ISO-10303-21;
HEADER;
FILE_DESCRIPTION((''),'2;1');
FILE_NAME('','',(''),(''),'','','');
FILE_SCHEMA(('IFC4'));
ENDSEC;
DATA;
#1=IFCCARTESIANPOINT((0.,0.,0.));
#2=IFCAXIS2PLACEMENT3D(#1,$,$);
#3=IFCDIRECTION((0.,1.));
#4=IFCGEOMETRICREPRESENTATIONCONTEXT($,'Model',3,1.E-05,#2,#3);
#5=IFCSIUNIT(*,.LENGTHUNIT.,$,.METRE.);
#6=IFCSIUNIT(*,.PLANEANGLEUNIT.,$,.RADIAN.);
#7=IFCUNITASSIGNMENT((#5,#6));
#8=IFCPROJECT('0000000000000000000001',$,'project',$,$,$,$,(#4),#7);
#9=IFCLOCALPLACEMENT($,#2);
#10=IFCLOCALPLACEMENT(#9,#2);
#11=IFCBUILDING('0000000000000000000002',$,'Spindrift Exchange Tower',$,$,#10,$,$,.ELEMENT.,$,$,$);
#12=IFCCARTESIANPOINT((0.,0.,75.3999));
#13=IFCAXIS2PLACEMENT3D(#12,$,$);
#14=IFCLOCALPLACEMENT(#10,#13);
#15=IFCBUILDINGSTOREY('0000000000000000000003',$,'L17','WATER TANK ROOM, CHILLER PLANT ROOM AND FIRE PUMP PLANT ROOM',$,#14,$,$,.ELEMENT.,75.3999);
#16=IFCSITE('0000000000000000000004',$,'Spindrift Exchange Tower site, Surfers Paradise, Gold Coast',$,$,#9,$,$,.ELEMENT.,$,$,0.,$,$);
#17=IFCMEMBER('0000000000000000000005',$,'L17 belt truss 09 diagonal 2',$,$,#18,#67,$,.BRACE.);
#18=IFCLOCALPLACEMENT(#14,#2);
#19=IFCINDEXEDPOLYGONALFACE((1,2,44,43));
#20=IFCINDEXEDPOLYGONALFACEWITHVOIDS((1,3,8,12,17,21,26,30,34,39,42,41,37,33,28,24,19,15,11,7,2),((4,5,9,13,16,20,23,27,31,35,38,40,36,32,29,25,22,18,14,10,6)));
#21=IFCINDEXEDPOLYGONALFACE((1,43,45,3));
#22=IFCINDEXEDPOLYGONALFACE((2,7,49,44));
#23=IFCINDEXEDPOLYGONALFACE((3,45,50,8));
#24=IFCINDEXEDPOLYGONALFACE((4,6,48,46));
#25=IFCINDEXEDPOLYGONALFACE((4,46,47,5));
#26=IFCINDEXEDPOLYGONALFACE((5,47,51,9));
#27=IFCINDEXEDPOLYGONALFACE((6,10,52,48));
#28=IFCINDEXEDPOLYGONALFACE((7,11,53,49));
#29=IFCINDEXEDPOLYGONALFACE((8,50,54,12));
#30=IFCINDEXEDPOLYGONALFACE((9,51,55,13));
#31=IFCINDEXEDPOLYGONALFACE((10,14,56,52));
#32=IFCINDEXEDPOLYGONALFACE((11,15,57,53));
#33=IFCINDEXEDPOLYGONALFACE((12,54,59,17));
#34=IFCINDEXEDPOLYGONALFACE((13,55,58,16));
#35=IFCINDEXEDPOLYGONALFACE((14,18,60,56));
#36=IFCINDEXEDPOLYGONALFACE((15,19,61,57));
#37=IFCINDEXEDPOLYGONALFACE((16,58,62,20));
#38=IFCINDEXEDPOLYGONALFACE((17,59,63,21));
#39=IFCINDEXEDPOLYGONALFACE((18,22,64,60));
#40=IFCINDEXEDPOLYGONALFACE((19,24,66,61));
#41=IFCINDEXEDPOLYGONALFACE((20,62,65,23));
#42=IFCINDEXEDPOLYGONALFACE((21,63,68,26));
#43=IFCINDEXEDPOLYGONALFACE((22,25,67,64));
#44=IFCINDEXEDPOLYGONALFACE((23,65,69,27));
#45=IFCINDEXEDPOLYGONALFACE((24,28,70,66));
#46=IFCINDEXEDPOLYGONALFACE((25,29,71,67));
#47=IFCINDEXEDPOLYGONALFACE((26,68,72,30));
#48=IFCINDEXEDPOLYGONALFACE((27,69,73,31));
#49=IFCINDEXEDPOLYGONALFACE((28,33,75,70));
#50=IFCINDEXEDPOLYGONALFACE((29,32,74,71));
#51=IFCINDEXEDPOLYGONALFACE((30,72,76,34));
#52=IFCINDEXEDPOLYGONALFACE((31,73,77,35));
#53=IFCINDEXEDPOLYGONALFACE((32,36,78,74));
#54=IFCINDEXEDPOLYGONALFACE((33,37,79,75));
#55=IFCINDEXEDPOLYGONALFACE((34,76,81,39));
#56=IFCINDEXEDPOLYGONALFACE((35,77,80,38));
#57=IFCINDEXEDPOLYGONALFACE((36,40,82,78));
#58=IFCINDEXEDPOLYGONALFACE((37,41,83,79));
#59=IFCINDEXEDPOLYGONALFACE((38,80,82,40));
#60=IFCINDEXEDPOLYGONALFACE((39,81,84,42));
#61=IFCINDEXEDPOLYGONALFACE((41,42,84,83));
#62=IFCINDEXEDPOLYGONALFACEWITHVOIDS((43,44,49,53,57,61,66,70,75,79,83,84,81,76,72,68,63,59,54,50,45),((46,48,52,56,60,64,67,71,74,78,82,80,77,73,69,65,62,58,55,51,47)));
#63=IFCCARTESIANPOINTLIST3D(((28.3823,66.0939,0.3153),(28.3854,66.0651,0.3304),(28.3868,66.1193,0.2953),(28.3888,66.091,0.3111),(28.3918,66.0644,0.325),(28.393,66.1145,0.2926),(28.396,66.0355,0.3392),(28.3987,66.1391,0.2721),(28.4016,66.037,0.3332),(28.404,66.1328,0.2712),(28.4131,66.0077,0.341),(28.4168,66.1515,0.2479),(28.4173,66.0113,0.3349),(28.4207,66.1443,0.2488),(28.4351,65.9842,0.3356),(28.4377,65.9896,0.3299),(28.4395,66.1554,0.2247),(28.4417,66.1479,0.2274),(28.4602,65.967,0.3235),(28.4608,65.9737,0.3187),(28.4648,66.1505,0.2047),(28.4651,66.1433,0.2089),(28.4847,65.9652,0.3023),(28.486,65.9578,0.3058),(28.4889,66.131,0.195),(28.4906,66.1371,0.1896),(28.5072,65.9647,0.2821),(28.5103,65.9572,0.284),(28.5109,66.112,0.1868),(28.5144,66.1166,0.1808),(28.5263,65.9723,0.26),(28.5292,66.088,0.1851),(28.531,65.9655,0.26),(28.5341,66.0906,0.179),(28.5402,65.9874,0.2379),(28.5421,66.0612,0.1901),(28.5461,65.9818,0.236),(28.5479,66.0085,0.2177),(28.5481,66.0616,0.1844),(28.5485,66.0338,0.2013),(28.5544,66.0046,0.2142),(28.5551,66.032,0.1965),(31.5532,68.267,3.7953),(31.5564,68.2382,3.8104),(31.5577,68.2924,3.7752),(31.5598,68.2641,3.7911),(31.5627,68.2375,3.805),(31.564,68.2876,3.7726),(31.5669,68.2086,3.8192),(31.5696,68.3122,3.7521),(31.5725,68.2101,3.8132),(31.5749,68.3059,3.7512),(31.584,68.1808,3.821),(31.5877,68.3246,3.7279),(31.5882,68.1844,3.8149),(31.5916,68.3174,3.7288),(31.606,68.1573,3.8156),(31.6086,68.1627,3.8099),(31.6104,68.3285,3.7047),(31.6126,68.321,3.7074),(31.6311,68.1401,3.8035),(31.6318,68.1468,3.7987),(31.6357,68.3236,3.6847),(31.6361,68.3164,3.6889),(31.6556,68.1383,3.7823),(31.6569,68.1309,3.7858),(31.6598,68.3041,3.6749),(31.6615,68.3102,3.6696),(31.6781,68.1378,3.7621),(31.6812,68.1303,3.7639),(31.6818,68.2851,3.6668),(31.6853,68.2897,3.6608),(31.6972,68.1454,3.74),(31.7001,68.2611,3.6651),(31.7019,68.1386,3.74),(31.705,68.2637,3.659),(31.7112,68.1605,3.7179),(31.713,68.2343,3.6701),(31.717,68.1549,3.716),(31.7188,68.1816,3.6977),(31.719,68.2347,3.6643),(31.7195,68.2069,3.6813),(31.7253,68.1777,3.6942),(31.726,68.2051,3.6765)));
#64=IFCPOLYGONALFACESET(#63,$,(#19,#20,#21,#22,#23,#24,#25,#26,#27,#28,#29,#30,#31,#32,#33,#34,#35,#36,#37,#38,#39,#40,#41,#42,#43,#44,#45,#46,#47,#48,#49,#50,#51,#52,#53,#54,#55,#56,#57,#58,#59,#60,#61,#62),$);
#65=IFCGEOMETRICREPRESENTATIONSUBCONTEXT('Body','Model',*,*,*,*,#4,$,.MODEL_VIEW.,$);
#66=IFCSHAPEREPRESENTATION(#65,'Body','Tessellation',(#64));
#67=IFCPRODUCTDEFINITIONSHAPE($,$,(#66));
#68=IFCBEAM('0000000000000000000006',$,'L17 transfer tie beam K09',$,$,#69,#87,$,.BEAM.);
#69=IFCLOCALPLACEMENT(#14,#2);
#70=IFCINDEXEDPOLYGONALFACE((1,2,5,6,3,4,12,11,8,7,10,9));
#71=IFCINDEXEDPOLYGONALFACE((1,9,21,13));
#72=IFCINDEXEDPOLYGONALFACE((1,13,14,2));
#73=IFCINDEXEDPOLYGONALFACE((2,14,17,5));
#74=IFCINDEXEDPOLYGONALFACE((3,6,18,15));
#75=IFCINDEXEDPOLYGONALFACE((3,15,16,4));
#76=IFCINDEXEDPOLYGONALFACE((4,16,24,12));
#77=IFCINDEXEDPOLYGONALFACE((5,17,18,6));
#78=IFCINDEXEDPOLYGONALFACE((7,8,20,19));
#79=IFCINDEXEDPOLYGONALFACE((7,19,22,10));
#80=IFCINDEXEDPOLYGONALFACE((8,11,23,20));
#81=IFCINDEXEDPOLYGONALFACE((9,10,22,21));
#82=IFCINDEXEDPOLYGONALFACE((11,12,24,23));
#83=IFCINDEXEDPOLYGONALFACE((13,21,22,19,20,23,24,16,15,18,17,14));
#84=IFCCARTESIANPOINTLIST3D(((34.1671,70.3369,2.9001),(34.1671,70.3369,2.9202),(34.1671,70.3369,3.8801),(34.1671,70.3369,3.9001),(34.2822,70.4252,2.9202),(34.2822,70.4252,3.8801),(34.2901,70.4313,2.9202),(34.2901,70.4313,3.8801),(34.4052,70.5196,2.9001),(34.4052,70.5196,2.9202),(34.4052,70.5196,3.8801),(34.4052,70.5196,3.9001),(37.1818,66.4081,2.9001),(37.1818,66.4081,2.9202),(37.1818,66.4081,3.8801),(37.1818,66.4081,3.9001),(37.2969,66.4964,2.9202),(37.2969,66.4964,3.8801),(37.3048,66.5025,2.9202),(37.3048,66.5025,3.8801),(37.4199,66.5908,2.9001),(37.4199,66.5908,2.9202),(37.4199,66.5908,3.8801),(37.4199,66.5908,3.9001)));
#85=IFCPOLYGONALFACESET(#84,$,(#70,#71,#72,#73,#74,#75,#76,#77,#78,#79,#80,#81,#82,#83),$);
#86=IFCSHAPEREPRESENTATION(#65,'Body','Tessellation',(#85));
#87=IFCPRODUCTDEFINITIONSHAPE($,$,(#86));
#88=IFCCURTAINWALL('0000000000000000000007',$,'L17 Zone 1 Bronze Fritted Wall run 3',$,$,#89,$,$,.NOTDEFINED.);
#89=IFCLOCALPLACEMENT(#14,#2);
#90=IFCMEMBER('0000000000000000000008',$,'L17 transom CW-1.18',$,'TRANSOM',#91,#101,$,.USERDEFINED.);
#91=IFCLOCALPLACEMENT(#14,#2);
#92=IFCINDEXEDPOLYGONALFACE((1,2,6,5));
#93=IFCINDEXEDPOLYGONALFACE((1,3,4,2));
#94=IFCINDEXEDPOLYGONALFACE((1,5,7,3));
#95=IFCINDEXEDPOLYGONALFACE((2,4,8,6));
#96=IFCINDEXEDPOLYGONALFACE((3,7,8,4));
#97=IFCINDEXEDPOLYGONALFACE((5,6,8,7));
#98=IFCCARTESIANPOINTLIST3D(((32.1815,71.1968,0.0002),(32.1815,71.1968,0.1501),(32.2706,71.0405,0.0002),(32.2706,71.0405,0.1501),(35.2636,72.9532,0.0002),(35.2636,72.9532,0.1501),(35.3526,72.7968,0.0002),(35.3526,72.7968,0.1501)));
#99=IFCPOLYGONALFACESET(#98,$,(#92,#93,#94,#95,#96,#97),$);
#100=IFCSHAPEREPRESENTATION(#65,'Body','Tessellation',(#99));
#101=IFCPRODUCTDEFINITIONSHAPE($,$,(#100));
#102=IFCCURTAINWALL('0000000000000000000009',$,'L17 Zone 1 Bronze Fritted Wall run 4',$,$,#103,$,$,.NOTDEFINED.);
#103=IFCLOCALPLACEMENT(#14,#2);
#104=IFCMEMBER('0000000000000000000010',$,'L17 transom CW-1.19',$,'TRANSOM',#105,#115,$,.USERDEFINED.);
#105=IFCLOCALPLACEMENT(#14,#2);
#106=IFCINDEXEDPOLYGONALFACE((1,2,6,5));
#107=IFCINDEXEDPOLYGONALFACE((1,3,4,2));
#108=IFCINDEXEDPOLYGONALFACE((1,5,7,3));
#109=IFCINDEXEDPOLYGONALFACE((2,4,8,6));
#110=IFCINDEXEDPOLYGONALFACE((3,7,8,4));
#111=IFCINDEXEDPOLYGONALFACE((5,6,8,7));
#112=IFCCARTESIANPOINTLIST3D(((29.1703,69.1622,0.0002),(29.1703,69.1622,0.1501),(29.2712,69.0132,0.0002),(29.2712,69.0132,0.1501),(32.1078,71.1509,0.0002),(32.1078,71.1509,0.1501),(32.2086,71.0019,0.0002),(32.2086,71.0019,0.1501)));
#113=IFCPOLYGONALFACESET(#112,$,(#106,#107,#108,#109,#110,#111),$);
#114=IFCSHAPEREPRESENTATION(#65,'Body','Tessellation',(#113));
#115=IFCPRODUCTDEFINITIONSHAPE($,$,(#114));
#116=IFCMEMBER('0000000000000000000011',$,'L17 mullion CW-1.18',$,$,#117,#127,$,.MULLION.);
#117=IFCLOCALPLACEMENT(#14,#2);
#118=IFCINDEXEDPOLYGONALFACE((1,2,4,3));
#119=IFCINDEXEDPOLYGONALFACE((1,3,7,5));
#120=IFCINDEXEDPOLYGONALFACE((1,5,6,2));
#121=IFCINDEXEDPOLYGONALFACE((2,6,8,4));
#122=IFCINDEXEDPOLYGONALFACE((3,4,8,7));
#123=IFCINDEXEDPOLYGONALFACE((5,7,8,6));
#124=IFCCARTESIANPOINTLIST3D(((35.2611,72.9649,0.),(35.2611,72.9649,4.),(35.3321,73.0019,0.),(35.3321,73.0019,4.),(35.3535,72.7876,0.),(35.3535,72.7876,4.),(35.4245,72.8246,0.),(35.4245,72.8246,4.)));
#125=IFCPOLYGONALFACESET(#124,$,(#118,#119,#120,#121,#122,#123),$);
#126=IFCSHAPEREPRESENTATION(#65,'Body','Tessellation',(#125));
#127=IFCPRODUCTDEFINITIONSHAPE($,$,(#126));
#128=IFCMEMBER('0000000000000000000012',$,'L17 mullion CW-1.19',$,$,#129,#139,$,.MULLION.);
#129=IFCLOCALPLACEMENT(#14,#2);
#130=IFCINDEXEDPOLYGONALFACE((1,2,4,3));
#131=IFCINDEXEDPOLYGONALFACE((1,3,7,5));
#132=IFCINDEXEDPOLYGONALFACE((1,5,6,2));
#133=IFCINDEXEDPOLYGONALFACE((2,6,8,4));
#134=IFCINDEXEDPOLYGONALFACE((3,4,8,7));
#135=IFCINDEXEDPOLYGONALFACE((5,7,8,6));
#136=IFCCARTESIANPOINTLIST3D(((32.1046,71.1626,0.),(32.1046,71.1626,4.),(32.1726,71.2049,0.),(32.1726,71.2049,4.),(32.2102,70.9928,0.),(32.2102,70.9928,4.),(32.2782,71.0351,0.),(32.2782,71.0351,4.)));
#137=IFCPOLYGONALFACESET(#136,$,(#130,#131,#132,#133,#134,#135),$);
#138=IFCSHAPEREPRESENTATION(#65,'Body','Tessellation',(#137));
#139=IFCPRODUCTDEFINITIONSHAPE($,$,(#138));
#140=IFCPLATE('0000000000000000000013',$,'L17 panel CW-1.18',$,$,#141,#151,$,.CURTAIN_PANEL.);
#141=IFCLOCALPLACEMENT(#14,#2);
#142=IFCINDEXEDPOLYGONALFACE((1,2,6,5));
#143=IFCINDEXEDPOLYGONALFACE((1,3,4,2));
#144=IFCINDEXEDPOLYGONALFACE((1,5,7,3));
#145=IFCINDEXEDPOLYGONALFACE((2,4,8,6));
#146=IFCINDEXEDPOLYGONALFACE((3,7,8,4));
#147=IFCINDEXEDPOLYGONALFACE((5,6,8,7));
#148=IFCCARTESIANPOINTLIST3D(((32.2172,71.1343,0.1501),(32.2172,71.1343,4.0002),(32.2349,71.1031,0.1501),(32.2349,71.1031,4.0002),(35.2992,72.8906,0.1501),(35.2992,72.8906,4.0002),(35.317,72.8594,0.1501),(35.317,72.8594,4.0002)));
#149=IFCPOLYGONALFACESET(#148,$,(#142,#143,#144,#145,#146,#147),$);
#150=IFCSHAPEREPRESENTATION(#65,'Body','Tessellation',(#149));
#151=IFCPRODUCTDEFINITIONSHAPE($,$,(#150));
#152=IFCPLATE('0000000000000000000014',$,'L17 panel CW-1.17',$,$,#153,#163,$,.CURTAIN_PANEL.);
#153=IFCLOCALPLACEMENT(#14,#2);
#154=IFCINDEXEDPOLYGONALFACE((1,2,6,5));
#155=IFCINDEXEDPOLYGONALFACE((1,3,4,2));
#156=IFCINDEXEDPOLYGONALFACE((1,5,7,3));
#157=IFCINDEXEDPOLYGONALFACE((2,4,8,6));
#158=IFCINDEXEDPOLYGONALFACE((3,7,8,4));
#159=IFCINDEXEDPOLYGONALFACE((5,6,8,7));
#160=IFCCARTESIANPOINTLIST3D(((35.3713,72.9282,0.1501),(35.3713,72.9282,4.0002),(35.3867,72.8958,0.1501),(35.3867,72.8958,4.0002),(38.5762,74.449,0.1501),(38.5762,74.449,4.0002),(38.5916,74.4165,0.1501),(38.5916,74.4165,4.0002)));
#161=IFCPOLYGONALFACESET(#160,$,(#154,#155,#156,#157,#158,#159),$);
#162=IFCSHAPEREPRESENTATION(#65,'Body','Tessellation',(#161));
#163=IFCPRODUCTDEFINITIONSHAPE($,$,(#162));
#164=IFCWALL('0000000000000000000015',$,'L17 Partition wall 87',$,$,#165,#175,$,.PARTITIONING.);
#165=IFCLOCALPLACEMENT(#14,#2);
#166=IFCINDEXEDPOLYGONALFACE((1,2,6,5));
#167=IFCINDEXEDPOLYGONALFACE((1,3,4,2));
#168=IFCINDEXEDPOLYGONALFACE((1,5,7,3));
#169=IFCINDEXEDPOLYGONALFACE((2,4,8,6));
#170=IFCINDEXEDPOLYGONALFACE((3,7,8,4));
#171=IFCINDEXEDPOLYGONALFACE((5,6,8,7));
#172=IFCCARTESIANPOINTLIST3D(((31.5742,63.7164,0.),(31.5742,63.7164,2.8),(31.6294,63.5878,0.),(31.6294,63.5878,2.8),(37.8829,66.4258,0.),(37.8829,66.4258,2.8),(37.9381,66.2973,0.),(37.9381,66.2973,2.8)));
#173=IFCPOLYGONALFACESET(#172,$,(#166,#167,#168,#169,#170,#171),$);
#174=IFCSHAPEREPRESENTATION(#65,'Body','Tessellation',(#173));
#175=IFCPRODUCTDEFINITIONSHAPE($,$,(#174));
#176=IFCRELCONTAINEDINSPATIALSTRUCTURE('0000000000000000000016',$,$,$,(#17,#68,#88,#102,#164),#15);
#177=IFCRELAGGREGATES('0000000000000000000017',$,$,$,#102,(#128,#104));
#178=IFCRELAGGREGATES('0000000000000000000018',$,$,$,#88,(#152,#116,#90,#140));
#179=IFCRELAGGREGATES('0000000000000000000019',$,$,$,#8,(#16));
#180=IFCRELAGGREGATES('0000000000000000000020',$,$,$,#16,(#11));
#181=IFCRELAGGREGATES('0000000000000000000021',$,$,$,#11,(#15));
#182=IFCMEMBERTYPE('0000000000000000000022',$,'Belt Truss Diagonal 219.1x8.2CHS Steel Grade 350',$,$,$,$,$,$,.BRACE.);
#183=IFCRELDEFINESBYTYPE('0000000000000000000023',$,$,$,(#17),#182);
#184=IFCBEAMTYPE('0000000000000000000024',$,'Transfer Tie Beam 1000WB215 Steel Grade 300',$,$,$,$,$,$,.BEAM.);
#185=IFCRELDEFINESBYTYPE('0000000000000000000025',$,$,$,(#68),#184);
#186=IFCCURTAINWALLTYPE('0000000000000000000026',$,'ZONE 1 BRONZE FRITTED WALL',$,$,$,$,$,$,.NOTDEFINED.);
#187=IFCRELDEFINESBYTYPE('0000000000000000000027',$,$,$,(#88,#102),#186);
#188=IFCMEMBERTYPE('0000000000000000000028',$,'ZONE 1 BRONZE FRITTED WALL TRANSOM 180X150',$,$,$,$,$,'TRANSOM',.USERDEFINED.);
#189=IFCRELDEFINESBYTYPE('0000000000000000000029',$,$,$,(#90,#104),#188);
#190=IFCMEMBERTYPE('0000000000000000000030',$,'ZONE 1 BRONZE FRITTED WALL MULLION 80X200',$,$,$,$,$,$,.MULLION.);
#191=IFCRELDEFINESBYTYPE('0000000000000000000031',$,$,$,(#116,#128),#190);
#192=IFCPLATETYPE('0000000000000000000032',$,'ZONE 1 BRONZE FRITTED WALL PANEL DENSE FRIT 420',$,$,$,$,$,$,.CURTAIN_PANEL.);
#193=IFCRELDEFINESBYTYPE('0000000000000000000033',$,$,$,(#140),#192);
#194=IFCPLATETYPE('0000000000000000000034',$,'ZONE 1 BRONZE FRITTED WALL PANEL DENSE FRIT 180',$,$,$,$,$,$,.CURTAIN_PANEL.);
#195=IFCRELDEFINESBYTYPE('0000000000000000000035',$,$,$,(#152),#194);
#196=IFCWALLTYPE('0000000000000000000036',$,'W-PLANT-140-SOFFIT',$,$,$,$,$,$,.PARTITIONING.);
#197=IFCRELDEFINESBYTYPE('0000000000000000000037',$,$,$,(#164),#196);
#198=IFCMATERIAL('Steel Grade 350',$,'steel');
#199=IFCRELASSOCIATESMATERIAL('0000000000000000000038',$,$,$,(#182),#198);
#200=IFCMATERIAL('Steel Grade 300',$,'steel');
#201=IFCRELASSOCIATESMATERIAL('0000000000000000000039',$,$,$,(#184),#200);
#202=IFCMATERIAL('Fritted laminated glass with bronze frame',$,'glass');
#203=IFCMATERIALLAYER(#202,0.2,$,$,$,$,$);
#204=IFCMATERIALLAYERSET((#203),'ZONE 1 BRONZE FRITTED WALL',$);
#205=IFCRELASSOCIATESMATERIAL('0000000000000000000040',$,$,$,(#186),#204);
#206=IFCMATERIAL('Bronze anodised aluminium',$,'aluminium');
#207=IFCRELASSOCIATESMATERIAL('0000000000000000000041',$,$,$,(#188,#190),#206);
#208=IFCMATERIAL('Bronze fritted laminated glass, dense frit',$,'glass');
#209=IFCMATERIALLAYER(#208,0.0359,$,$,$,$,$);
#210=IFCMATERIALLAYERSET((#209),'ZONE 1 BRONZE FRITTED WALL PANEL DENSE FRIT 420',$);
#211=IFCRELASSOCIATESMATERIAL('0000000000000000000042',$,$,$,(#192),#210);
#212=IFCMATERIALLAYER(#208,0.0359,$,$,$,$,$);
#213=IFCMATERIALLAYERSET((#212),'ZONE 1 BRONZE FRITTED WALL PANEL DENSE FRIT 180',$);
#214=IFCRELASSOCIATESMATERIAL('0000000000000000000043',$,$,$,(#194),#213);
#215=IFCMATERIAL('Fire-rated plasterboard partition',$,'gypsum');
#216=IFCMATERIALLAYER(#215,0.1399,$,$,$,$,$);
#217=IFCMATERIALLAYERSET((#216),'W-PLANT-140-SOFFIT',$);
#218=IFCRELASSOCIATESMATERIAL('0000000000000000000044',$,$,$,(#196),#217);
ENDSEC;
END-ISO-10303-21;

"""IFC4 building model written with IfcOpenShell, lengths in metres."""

from ifc_helpers import new_model, si_unit, direction, frame, frame_2d, origin, origin_2d, place, context, subcontext, project, spatial, rectangle, hollow_circle, i_section, extrude, source, transform, mapped, material, layer, layer_set, material_profile, profile_set, type_object, element, aggregate, save


model = new_model("IFC4")

# Units and contexts
model_context = context("Model", 3, precision=1e-05, world=origin(), true_north=direction((0.0, 1.0)))
body_context = subcontext(model_context, "Body", "Model", "MODEL_VIEW")
ifc_project = project(units=[si_unit("LENGTHUNIT", "METRE"), si_unit("PLANEANGLEUNIT", "RADIAN")], contexts=[model_context])

# Site, building, storey
site_placement = place(None, origin())
site = spatial("IfcSite", under=ifc_project, at=site_placement, Name="Spindrift Exchange Tower site, Surfers Paradise, Gold Coast", CompositionType="ELEMENT", RefElevation=0.0)
building_placement = place(site_placement, origin())
building = spatial("IfcBuilding", under=site, at=building_placement, Name="Spindrift Exchange Tower", CompositionType="ELEMENT")
storey_placement = place(building_placement, frame((0.0, 0.0, 75.3999)))
storey = spatial("IfcBuildingStorey", under=building, at=storey_placement, Name="L17", Description="WATER TANK ROOM, CHILLER PLANT ROOM AND FIRE PUMP PLANT ROOM", CompositionType="ELEMENT", Elevation=75.3999)

# Shared definitions
ifc_material_1 = material(Name="Steel Grade 300", Category="steel")

# Member
ifc_material_2 = material(Name="Steel Grade 350", Category="steel")
ifc_material_profile_1 = material_profile(ifc_material_2, hollow_circle(Radius=0.1096, WallThickness=0.0083, at=origin_2d()), Name="219.1x8.2CHS")
ifc_profile_set_1 = profile_set([ifc_material_profile_1], Name="Steel Grade 350")
member_type_1 = type_object("IfcMemberType", Name="Belt Truss Diagonal 219.1x8.2CHS Steel Grade 350", PredefinedType="BRACE", material=ifc_profile_set_1)
shared_shape_1 = source(origin(), body_context, "Body", "SweptSolid", [
    extrude(hollow_circle(Radius=0.1096, WallThickness=0.0083, at=origin_2d()), origin(), (0.0, 0.0, 1.0), 5.1853),
])
member_1_placement = place(storey_placement, frame((31.6399, 68.229, 3.74), z_axis=(-0.611518, -0.419089, -0.671126), x_axis=(0.56531, -0.824879, 0.0)))
element("IfcMember", 1, at=member_1_placement, inside=storey, type_object=member_type_1, Name="L17 belt truss 09 diagonal 2", PredefinedType="BRACE", context=body_context, shape_type="MappedRepresentation", body=[
    mapped(shared_shape_1, transform((0.0, 0.0, 0.0), scale=1.0)),
])

# Beam
ifc_material_profile_2 = material_profile(ifc_material_1, i_section(OverallWidth=0.3, OverallDepth=1.0, WebThickness=0.01, FlangeThickness=0.02, at=origin_2d()), Name="1000WB215")
ifc_profile_set_2 = profile_set([ifc_material_profile_2], Name="Steel Grade 300")
beam_type_1 = type_object("IfcBeamType", Name="Transfer Tie Beam 1000WB215 Steel Grade 300", PredefinedType="BEAM", material=ifc_profile_set_2)
shared_shape_2 = source(origin(), body_context, "Body", "SweptSolid", [
    extrude(i_section(OverallWidth=0.3, OverallDepth=1.0, WebThickness=0.01, FlangeThickness=0.02, at=origin_2d()), origin(), (0.0, 0.0, 1.0), 4.9521),
])
beam_1_placement = place(storey_placement, frame((34.2861, 70.4282, 3.4001), z_axis=(0.608767, -0.793349, 0.0), x_axis=(0.793349, 0.608767, 0.0)))
element("IfcBeam", 2, at=beam_1_placement, inside=storey, type_object=beam_type_1, Name="L17 transfer tie beam K09", PredefinedType="BEAM", context=body_context, shape_type="MappedRepresentation", body=[
    mapped(shared_shape_2, transform((0.0, 0.0, 0.0), scale=1.0)),
])

# Curtain walls, members
ifc_material_3 = material(Name="Fritted laminated glass with bronze frame", Category="glass")
ifc_layer_1 = layer(ifc_material_3, 0.2)
ifc_layer_set_1 = layer_set([ifc_layer_1], Name="ZONE 1 BRONZE FRITTED WALL")
curtain_wall_type = type_object("IfcCurtainWallType", Name="ZONE 1 BRONZE FRITTED WALL", PredefinedType="NOTDEFINED", material=ifc_layer_set_1)
curtain_wall_1_placement = place(storey_placement, origin())
curtain_wall_1 = element("IfcCurtainWall", 3, at=curtain_wall_1_placement, inside=storey, type_object=curtain_wall_type, Name="L17 Zone 1 Bronze Fritted Wall run 3", PredefinedType="NOTDEFINED")
ifc_material_4 = material(Name="Bronze anodised aluminium", Category="aluminium")
ifc_material_profile_3 = material_profile(ifc_material_4, rectangle(XDim=0.1799, YDim=0.1499, at=origin_2d()), Name="ZONE 1 BRONZE FRITTED WALL TRANSOM 180X150")
ifc_profile_set_3 = profile_set([ifc_material_profile_3], Name="Bronze anodised aluminium")
member_type_2 = type_object("IfcMemberType", Name="ZONE 1 BRONZE FRITTED WALL TRANSOM 180X150", ElementType="TRANSOM", PredefinedType="USERDEFINED", material=ifc_profile_set_3)
shared_shape_3 = source(origin(), body_context, "Body", "SweptSolid", [
    extrude(rectangle(XDim=0.1799, YDim=0.1499, at=origin_2d()), origin(), (0.0, 0.0, 1.0), 3.5474),
])
member_2_placement = place(storey_placement, frame((35.3081, 72.875, 0.0752), z_axis=(-0.868827, -0.495116, 0.0), x_axis=(0.495116, -0.868827, 0.0)))
member_2 = element("IfcMember", 4, at=member_2_placement, type_object=member_type_2, Name="L17 transom CW-1.18", ObjectType="TRANSOM", PredefinedType="USERDEFINED", context=body_context, shape_type="MappedRepresentation", body=[
    mapped(shared_shape_3, transform((0.0, 0.0, 0.0), scale=1.0)),
])
curtain_wall_2_placement = place(storey_placement, origin())
curtain_wall_2 = element("IfcCurtainWall", 5, at=curtain_wall_2_placement, inside=storey, type_object=curtain_wall_type, Name="L17 Zone 1 Bronze Fritted Wall run 4", PredefinedType="NOTDEFINED")
member_3_placement = place(storey_placement, frame((32.1582, 71.0764, 0.0752), z_axis=(-0.828069, -0.560626, 0.0), x_axis=(0.560626, -0.828069, 0.0)))
member_3 = element("IfcMember", 6, at=member_3_placement, type_object=member_type_2, Name="L17 transom CW-1.19", ObjectType="TRANSOM", PredefinedType="USERDEFINED", context=body_context, shape_type="MappedRepresentation", body=[
    mapped(shared_shape_3, transform((0.0, 0.0, 0.0), scale=1.0)),
])

# Members
ifc_material_profile_4 = material_profile(ifc_material_4, rectangle(XDim=0.0801, YDim=0.2, at=origin_2d()), Name="ZONE 1 BRONZE FRITTED WALL MULLION 80X200")
ifc_profile_set_4 = profile_set([ifc_material_profile_4], Name="Bronze anodised aluminium")
member_type_3 = type_object("IfcMemberType", Name="ZONE 1 BRONZE FRITTED WALL MULLION 80X200", PredefinedType="MULLION", material=ifc_profile_set_4)
shared_shape_4 = source(origin(), body_context, "Body", "SweptSolid", [
    extrude(rectangle(XDim=0.0801, YDim=0.2, at=origin_2d()), origin(), (0.0, 0.0, 1.0), 4.0),
])
member_4_placement = place(storey_placement, frame((35.3428, 72.8948, 0.0), z_axis=(0.0, 0.0, 1.0), x_axis=(-0.88676, -0.46223, 0.0)))
member_4 = element("IfcMember", 7, at=member_4_placement, type_object=member_type_3, Name="L17 mullion CW-1.18", PredefinedType="MULLION", context=body_context, shape_type="MappedRepresentation", body=[
    mapped(shared_shape_4, transform((0.0, 0.0, 0.0), scale=1.0)),
])
member_5_placement = place(storey_placement, frame((32.1914, 71.0989, 0.0), z_axis=(0.0, 0.0, 1.0), x_axis=(-0.849078, -0.528268, 0.0)))
member_5 = element("IfcMember", 8, at=member_5_placement, type_object=member_type_3, Name="L17 mullion CW-1.19", PredefinedType="MULLION", context=body_context, shape_type="MappedRepresentation", body=[
    mapped(shared_shape_4, transform((0.0, 0.0, 0.0), scale=1.0)),
])
aggregate(curtain_wall_2, [member_5, member_3])

# Plates
ifc_material_5 = material(Name="Bronze fritted laminated glass, dense frit", Category="glass")
ifc_layer_2 = layer(ifc_material_5, 0.0359)
ifc_layer_set_2 = layer_set([ifc_layer_2], Name="ZONE 1 BRONZE FRITTED WALL PANEL DENSE FRIT 420")
plate_type_1 = type_object("IfcPlateType", Name="ZONE 1 BRONZE FRITTED WALL PANEL DENSE FRIT 420", PredefinedType="CURTAIN_PANEL", material=ifc_layer_set_2)
shared_shape_5 = source(origin(), body_context, "Body", "SweptSolid", [
    extrude(rectangle(XDim=3.5474, YDim=0.0359, at=origin_2d()), origin(), (0.0, 0.0, 1.0), 3.8501),
])
plate_1_placement = place(storey_placement, frame((33.7671, 71.9968, 0.1501), z_axis=(0.0, 0.0, 1.0), x_axis=(-0.868831, -0.495108, 0.0)))
plate_1 = element("IfcPlate", 9, at=plate_1_placement, type_object=plate_type_1, Name="L17 panel CW-1.18", PredefinedType="CURTAIN_PANEL", context=body_context, shape_type="MappedRepresentation", body=[
    mapped(shared_shape_5, transform((0.0, 0.0, 0.0), scale=1.0)),
])
ifc_layer_3 = layer(ifc_material_5, 0.0359)
ifc_layer_set_3 = layer_set([ifc_layer_3], Name="ZONE 1 BRONZE FRITTED WALL PANEL DENSE FRIT 180")
plate_type_2 = type_object("IfcPlateType", Name="ZONE 1 BRONZE FRITTED WALL PANEL DENSE FRIT 180", PredefinedType="CURTAIN_PANEL", material=ifc_layer_set_3)
shared_shape_6 = source(origin(), body_context, "Body", "SweptSolid", [
    extrude(rectangle(XDim=3.5474, YDim=0.0359, at=origin_2d()), origin(), (0.0, 0.0, 1.0), 3.8501),
])
plate_2_placement = place(storey_placement, frame((36.9814, 73.6724, 0.1501), z_axis=(0.0, 0.0, 1.0), x_axis=(-0.903445, -0.428703, 0.0)))
plate_2 = element("IfcPlate", 10, at=plate_2_placement, type_object=plate_type_2, Name="L17 panel CW-1.17", PredefinedType="CURTAIN_PANEL", context=body_context, shape_type="MappedRepresentation", body=[
    mapped(shared_shape_6, transform((0.0, 0.0, 0.0), scale=1.0)),
])
aggregate(curtain_wall_1, [plate_2, member_4, member_2, plate_1])

# Wall
ifc_material_6 = material(Name="Fire-rated plasterboard partition", Category="gypsum")
ifc_layer_4 = layer(ifc_material_6, 0.1399)
ifc_layer_set_4 = layer_set([ifc_layer_4], Name="W-PLANT-140-SOFFIT")
wall_type_1 = type_object("IfcWallType", Name="W-PLANT-140-SOFFIT", PredefinedType="PARTITIONING", material=ifc_layer_set_4)
wall_1_placement = place(storey_placement, frame((37.9106, 66.3616, 0.0), z_axis=(0.0, 0.0, 1.0), x_axis=(-0.918845, -0.394619, 0.0)))
element("IfcWall", 11, at=wall_1_placement, inside=storey, type_object=wall_type_1, Name="L17 Partition wall 87", PredefinedType="PARTITIONING", context=body_context, shape_type="SweptSolid", body=[
    extrude(rectangle(XDim=6.866, YDim=0.1399, at=frame_2d((3.4331, 0.0))), origin(), (0.0, 0.0, 1.0), 2.8),
])

save(model, "model.ifc")
